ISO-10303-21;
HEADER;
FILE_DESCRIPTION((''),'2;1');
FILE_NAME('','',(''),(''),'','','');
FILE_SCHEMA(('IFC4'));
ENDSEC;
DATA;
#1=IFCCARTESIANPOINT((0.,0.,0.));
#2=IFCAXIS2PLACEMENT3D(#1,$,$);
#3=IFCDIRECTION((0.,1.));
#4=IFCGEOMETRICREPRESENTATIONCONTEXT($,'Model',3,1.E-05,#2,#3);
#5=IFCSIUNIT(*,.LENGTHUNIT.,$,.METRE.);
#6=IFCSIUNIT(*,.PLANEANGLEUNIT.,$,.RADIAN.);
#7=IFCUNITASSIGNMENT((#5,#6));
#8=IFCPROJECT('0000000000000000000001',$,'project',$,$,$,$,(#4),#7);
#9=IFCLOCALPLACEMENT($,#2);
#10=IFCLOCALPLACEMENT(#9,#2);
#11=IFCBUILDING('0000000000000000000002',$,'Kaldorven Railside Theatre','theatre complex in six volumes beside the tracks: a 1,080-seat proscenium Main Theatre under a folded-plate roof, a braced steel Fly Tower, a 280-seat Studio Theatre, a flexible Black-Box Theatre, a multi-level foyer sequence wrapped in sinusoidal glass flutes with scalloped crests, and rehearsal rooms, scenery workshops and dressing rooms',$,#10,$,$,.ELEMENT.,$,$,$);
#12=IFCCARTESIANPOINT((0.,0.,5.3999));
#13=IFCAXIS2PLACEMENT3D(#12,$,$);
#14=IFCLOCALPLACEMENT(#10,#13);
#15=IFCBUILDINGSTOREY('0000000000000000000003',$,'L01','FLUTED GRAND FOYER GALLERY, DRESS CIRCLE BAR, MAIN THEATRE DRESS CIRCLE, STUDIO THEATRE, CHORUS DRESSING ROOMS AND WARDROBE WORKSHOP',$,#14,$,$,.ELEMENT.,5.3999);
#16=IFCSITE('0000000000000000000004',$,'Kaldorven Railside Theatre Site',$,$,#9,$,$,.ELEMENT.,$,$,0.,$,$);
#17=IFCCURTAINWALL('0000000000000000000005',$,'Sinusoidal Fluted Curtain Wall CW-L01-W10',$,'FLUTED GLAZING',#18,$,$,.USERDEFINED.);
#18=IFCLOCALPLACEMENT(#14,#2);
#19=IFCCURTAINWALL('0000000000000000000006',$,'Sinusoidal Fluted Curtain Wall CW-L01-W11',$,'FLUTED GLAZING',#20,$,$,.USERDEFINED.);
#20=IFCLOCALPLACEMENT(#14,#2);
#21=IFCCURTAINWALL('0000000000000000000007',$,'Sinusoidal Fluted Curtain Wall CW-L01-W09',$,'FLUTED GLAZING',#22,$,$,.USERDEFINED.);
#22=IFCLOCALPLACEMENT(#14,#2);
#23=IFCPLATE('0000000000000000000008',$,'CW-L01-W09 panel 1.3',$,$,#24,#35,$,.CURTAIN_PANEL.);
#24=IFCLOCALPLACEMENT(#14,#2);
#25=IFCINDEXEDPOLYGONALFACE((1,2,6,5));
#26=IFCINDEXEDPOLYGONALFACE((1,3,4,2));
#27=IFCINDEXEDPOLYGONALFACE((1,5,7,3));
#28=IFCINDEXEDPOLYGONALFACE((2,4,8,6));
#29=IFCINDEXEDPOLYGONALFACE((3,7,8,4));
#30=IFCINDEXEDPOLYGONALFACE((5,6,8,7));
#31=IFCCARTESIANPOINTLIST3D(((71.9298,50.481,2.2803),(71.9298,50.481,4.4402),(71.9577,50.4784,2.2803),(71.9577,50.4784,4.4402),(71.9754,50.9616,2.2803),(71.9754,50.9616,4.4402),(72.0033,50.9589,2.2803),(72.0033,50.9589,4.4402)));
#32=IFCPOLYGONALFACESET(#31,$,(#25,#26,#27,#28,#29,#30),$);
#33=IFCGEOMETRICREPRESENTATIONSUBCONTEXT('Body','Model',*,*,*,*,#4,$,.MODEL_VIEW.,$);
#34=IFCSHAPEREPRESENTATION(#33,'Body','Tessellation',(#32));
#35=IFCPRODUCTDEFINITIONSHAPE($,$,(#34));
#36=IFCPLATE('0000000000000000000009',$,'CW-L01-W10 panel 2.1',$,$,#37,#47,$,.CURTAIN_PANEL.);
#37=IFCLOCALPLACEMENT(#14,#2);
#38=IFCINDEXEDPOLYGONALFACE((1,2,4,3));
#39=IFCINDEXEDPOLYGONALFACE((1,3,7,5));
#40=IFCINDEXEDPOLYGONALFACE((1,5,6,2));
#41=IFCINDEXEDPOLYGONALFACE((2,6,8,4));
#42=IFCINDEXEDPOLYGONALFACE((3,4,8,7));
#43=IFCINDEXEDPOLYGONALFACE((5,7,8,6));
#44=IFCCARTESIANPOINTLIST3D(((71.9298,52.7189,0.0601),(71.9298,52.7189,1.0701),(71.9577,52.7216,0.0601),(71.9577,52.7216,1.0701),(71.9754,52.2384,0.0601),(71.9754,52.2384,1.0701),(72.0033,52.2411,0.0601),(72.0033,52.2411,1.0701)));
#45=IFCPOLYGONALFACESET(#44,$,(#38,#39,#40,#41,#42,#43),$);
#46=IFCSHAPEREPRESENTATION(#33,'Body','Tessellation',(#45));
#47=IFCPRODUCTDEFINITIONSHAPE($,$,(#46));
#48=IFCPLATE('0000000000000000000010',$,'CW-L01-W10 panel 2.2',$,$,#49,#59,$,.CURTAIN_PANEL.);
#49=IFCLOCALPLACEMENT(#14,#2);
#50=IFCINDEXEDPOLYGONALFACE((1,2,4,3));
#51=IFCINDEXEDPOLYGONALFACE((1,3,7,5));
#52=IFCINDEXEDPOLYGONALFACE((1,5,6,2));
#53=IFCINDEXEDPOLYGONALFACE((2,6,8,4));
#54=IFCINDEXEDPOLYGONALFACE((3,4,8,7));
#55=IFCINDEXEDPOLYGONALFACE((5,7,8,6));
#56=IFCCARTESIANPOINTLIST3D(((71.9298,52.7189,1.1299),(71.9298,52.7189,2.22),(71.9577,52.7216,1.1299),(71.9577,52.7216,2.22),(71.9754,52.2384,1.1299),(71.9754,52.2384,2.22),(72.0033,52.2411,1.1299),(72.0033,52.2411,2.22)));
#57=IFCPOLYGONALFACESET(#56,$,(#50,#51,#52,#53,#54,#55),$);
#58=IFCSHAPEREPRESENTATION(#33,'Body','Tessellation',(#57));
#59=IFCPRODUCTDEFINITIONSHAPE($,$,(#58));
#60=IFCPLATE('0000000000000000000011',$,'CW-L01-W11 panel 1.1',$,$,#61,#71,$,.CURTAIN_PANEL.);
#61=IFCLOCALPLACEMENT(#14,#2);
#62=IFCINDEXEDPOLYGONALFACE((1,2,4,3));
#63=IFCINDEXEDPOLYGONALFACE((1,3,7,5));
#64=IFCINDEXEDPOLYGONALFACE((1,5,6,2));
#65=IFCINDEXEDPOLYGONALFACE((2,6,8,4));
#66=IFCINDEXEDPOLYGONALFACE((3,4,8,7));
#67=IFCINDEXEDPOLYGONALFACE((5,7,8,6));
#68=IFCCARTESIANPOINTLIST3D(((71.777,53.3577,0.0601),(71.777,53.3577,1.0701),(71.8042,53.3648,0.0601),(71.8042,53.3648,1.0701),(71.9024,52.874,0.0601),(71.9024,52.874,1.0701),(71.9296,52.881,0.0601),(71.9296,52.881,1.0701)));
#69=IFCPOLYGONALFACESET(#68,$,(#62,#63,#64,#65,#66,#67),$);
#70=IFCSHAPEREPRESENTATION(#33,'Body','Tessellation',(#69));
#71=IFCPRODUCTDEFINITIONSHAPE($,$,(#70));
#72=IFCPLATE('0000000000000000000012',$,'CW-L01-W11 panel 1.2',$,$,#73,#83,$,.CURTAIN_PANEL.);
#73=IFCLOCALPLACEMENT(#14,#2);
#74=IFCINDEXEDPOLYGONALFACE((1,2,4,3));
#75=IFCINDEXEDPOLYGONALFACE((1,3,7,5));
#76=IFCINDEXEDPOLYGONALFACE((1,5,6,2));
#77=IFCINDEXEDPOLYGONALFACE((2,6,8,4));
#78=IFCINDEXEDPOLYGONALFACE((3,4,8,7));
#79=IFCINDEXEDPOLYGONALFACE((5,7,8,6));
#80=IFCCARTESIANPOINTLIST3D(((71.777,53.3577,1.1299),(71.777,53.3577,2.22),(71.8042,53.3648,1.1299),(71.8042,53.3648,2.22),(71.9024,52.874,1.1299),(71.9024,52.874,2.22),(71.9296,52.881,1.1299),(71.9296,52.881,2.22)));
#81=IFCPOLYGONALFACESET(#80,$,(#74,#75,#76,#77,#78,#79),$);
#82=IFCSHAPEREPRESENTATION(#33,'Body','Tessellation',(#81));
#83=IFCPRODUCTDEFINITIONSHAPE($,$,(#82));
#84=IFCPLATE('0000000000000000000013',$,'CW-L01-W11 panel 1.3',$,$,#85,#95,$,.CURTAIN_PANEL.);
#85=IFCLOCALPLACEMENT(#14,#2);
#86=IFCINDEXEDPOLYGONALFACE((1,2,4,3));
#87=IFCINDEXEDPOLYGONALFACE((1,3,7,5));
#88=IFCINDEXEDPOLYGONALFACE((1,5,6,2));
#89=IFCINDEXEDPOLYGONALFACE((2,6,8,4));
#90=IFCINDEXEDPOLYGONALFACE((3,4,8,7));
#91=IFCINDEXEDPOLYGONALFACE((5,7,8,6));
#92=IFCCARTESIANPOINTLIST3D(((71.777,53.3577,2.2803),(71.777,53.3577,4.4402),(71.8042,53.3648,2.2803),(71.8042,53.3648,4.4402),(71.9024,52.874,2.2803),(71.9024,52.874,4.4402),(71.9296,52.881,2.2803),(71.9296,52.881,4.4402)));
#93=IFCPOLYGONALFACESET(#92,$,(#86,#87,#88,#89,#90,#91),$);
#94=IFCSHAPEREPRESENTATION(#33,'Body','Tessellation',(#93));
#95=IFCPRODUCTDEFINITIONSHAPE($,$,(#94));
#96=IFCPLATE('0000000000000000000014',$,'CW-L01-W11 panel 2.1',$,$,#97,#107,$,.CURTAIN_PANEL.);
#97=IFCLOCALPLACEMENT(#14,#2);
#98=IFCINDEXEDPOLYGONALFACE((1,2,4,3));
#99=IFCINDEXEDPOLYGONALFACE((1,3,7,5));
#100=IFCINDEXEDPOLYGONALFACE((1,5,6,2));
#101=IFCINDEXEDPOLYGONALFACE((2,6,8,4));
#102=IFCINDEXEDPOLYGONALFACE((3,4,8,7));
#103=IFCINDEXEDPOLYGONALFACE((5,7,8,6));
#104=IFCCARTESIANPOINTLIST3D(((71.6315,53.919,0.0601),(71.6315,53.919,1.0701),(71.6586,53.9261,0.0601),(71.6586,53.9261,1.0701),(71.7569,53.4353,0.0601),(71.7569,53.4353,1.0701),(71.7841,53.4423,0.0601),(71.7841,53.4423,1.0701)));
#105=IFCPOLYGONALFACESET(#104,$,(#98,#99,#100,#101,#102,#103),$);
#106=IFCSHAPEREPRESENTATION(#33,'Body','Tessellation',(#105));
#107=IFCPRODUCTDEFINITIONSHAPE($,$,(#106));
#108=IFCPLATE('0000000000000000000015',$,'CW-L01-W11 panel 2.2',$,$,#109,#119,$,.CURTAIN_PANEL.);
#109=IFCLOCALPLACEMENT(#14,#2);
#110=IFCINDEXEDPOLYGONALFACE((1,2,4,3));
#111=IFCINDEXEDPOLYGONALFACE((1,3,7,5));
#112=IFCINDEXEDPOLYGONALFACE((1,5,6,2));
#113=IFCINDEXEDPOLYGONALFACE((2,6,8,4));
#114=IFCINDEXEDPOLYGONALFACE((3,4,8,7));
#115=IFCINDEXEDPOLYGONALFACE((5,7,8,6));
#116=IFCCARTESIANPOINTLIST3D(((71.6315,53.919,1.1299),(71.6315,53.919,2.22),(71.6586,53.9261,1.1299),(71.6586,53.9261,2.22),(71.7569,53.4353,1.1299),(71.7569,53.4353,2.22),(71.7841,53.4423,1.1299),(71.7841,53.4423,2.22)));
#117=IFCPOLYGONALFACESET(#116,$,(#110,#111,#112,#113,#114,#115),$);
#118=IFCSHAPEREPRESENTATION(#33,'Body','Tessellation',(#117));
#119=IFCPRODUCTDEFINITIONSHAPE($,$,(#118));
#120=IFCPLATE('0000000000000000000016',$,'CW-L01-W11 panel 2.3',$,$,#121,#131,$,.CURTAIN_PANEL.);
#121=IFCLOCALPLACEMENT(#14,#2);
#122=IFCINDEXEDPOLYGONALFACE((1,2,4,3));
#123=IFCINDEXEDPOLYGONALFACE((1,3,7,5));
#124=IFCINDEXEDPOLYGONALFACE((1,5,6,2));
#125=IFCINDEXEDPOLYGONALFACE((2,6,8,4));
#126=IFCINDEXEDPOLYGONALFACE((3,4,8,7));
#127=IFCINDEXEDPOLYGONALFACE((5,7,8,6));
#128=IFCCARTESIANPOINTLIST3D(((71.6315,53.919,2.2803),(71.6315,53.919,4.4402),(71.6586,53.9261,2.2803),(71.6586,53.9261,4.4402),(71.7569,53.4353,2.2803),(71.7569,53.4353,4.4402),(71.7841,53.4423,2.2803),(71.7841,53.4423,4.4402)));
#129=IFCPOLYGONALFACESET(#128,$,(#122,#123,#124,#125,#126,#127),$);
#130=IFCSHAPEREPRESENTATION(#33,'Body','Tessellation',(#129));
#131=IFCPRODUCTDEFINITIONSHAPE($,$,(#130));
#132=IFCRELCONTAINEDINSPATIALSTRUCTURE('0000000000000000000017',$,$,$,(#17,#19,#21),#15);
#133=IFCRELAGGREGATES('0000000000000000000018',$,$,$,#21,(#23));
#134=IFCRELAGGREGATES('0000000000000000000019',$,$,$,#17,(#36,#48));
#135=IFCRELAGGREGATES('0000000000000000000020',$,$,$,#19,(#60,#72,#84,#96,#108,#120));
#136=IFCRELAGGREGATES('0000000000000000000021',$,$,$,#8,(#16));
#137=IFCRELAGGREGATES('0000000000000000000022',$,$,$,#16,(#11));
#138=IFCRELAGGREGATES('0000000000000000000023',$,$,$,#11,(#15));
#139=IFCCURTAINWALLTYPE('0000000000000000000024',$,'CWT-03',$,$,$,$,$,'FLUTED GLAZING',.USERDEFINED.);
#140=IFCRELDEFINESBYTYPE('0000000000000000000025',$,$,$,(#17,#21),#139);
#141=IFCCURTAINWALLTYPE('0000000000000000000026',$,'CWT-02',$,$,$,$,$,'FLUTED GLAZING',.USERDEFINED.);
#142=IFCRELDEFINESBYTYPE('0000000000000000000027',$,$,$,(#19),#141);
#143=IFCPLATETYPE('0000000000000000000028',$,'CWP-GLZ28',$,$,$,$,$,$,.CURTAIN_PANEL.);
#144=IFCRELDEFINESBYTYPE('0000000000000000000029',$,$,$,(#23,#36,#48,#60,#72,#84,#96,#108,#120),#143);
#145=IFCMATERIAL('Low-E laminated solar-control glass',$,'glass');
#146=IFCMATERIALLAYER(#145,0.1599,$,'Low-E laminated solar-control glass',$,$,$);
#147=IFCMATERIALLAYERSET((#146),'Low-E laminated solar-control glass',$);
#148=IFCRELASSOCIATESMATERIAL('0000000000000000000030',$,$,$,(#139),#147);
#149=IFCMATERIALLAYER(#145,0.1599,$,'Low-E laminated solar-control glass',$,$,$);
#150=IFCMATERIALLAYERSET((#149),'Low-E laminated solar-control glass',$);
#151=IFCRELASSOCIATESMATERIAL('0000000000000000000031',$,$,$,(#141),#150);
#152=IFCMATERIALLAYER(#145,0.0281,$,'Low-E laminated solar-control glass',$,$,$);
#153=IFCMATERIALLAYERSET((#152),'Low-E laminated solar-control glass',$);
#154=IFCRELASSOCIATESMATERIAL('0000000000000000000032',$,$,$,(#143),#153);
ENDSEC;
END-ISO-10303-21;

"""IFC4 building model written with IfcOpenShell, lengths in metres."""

from ifc_helpers import new_model, si_unit, direction, frame, origin, origin_2d, place, context, subcontext, project, spatial, rectangle, extrude, material, layer, layer_set, type_object, element, aggregate, save


model = new_model("IFC4")

# Units and contexts
model_context = context("Model", 3, precision=1e-05, world=origin(), true_north=direction((0.0, 1.0)))
body_context = subcontext(model_context, "Body", "Model", "MODEL_VIEW")
ifc_project = project(units=[si_unit("LENGTHUNIT", "METRE"), si_unit("PLANEANGLEUNIT", "RADIAN")], contexts=[model_context])

# Site, building, storey
site_placement = place(None, origin())
site = spatial("IfcSite", under=ifc_project, at=site_placement, Name="Kaldorven Railside Theatre Site", CompositionType="ELEMENT", RefElevation=0.0)
building_placement = place(site_placement, origin())
building = spatial("IfcBuilding", under=site, at=building_placement, Name="Kaldorven Railside Theatre", Description="theatre complex in six volumes beside the tracks: a 1,080-seat proscenium Main Theatre under a folded-plate roof, a braced steel Fly Tower, a 280-seat Studio Theatre, a flexible Black-Box Theatre, a multi-level foyer sequence wrapped in sinusoidal glass flutes with scalloped crests, and rehearsal rooms, scenery workshops and dressing rooms", CompositionType="ELEMENT")
storey_placement = place(building_placement, frame((0.0, 0.0, 5.3999)))
storey = spatial("IfcBuildingStorey", under=building, at=storey_placement, Name="L01", Description="FLUTED GRAND FOYER GALLERY, DRESS CIRCLE BAR, MAIN THEATRE DRESS CIRCLE, STUDIO THEATRE, CHORUS DRESSING ROOMS AND WARDROBE WORKSHOP", CompositionType="ELEMENT", Elevation=5.3999)

# Curtain wall
ifc_material_1 = material(Name="Low-E laminated solar-control glass", Category="glass")
ifc_layer_1 = layer(ifc_material_1, 0.1599, Name="Low-E laminated solar-control glass")
ifc_layer_set_1 = layer_set([ifc_layer_1], Name="Low-E laminated solar-control glass")
curtain_wall_type_1 = type_object("IfcCurtainWallType", Name="CWT-03", ElementType="FLUTED GLAZING", PredefinedType="USERDEFINED", material=ifc_layer_set_1)
curtain_wall_1_placement = place(storey_placement, origin())
curtain_wall_1 = element("IfcCurtainWall", 1, at=curtain_wall_1_placement, inside=storey, type_object=curtain_wall_type_1, Name="Sinusoidal Fluted Curtain Wall CW-L01-W10", ObjectType="FLUTED GLAZING", PredefinedType="USERDEFINED")

# Curtain walls
ifc_layer_2 = layer(ifc_material_1, 0.1599, Name="Low-E laminated solar-control glass")
ifc_layer_set_2 = layer_set([ifc_layer_2], Name="Low-E laminated solar-control glass")
curtain_wall_type_2 = type_object("IfcCurtainWallType", Name="CWT-02", ElementType="FLUTED GLAZING", PredefinedType="USERDEFINED", material=ifc_layer_set_2)
curtain_wall_2_placement = place(storey_placement, origin())
curtain_wall_2 = element("IfcCurtainWall", 2, at=curtain_wall_2_placement, inside=storey, type_object=curtain_wall_type_2, Name="Sinusoidal Fluted Curtain Wall CW-L01-W11", ObjectType="FLUTED GLAZING", PredefinedType="USERDEFINED")
curtain_wall_3_placement = place(storey_placement, origin())
curtain_wall_3 = element("IfcCurtainWall", 3, at=curtain_wall_3_placement, inside=storey, type_object=curtain_wall_type_1, Name="Sinusoidal Fluted Curtain Wall CW-L01-W09", ObjectType="FLUTED GLAZING", PredefinedType="USERDEFINED")

# Plates
ifc_layer_3 = layer(ifc_material_1, 0.0281, Name="Low-E laminated solar-control glass")
ifc_layer_set_3 = layer_set([ifc_layer_3], Name="Low-E laminated solar-control glass")
plate_type = type_object("IfcPlateType", Name="CWP-GLZ28", PredefinedType="CURTAIN_PANEL", material=ifc_layer_set_3)
plate_1_placement = place(storey_placement, frame((71.9666, 50.72, 2.2803), z_axis=(0.0, 0.0, 1.0), x_axis=(0.094492, 0.995526, 0.0)))
plate_1 = element("IfcPlate", 4, at=plate_1_placement, type_object=plate_type, Name="CW-L01-W09 panel 1.3", PredefinedType="CURTAIN_PANEL", context=body_context, shape_type="SweptSolid", body=[
    extrude(rectangle(XDim=0.4827, YDim=0.0281, at=origin_2d()), origin(), (0.0, 0.0, 1.0), 2.1599),
])
aggregate(curtain_wall_3, [plate_1])
plate_2_placement = place(storey_placement, frame((71.9666, 52.48, 0.0601), z_axis=(0.0, 0.0, 1.0), x_axis=(-0.094492, 0.995526, 0.0)))
plate_2 = element("IfcPlate", 5, at=plate_2_placement, type_object=plate_type, Name="CW-L01-W10 panel 2.1", PredefinedType="CURTAIN_PANEL", context=body_context, shape_type="SweptSolid", body=[
    extrude(rectangle(XDim=0.4827, YDim=0.0281, at=origin_2d()), origin(), (0.0, 0.0, 1.0), 1.01),
])
plate_3_placement = place(storey_placement, frame((71.9666, 52.48, 1.1299), z_axis=(0.0, 0.0, 1.0), x_axis=(-0.094492, 0.995526, 0.0)))
plate_3 = element("IfcPlate", 6, at=plate_3_placement, type_object=plate_type, Name="CW-L01-W10 panel 2.2", PredefinedType="CURTAIN_PANEL", context=body_context, shape_type="SweptSolid", body=[
    extrude(rectangle(XDim=0.4827, YDim=0.0281, at=origin_2d()), origin(), (0.0, 0.0, 1.0), 1.0901),
])
aggregate(curtain_wall_1, [plate_2, plate_3])
plate_4_placement = place(storey_placement, frame((71.8533, 53.1194, 0.0601), z_axis=(0.0, 0.0, 1.0), x_axis=(-0.250954, 0.967999, 0.0)))
plate_4 = element("IfcPlate", 7, at=plate_4_placement, type_object=plate_type, Name="CW-L01-W11 panel 1.1", PredefinedType="CURTAIN_PANEL", context=body_context, shape_type="SweptSolid", body=[
    extrude(rectangle(XDim=0.4998, YDim=0.0281, at=origin_2d()), origin(), (0.0, 0.0, 1.0), 1.01),
])
plate_5_placement = place(storey_placement, frame((71.8533, 53.1194, 1.1299), z_axis=(0.0, 0.0, 1.0), x_axis=(-0.250954, 0.967999, 0.0)))
plate_5 = element("IfcPlate", 8, at=plate_5_placement, type_object=plate_type, Name="CW-L01-W11 panel 1.2", PredefinedType="CURTAIN_PANEL", context=body_context, shape_type="SweptSolid", body=[
    extrude(rectangle(XDim=0.4998, YDim=0.0281, at=origin_2d()), origin(), (0.0, 0.0, 1.0), 1.0901),
])
plate_6_placement = place(storey_placement, frame((71.8533, 53.1194, 2.2803), z_axis=(0.0, 0.0, 1.0), x_axis=(-0.250954, 0.967999, 0.0)))
plate_6 = element("IfcPlate", 9, at=plate_6_placement, type_object=plate_type, Name="CW-L01-W11 panel 1.3", PredefinedType="CURTAIN_PANEL", context=body_context, shape_type="SweptSolid", body=[
    extrude(rectangle(XDim=0.4998, YDim=0.0281, at=origin_2d()), origin(), (0.0, 0.0, 1.0), 2.1599),
])
plate_7_placement = place(storey_placement, frame((71.7078, 53.6807, 0.0601), z_axis=(0.0, 0.0, 1.0), x_axis=(-0.250954, 0.967999, 0.0)))
plate_7 = element("IfcPlate", 10, at=plate_7_placement, type_object=plate_type, Name="CW-L01-W11 panel 2.1", PredefinedType="CURTAIN_PANEL", context=body_context, shape_type="SweptSolid", body=[
    extrude(rectangle(XDim=0.4998, YDim=0.0281, at=origin_2d()), origin(), (0.0, 0.0, 1.0), 1.01),
])
plate_8_placement = place(storey_placement, frame((71.7078, 53.6807, 1.1299), z_axis=(0.0, 0.0, 1.0), x_axis=(-0.250954, 0.967999, 0.0)))
plate_8 = element("IfcPlate", 11, at=plate_8_placement, type_object=plate_type, Name="CW-L01-W11 panel 2.2", PredefinedType="CURTAIN_PANEL", context=body_context, shape_type="SweptSolid", body=[
    extrude(rectangle(XDim=0.4998, YDim=0.0281, at=origin_2d()), origin(), (0.0, 0.0, 1.0), 1.0901),
])
plate_9_placement = place(storey_placement, frame((71.7078, 53.6807, 2.2803), z_axis=(0.0, 0.0, 1.0), x_axis=(-0.250954, 0.967999, 0.0)))
plate_9 = element("IfcPlate", 12, at=plate_9_placement, type_object=plate_type, Name="CW-L01-W11 panel 2.3", PredefinedType="CURTAIN_PANEL", context=body_context, shape_type="SweptSolid", body=[
    extrude(rectangle(XDim=0.4998, YDim=0.0281, at=origin_2d()), origin(), (0.0, 0.0, 1.0), 2.1599),
])
aggregate(curtain_wall_2, [plate_4, plate_5, plate_6, plate_7, plate_8, plate_9])

save(model, "model.ifc")
